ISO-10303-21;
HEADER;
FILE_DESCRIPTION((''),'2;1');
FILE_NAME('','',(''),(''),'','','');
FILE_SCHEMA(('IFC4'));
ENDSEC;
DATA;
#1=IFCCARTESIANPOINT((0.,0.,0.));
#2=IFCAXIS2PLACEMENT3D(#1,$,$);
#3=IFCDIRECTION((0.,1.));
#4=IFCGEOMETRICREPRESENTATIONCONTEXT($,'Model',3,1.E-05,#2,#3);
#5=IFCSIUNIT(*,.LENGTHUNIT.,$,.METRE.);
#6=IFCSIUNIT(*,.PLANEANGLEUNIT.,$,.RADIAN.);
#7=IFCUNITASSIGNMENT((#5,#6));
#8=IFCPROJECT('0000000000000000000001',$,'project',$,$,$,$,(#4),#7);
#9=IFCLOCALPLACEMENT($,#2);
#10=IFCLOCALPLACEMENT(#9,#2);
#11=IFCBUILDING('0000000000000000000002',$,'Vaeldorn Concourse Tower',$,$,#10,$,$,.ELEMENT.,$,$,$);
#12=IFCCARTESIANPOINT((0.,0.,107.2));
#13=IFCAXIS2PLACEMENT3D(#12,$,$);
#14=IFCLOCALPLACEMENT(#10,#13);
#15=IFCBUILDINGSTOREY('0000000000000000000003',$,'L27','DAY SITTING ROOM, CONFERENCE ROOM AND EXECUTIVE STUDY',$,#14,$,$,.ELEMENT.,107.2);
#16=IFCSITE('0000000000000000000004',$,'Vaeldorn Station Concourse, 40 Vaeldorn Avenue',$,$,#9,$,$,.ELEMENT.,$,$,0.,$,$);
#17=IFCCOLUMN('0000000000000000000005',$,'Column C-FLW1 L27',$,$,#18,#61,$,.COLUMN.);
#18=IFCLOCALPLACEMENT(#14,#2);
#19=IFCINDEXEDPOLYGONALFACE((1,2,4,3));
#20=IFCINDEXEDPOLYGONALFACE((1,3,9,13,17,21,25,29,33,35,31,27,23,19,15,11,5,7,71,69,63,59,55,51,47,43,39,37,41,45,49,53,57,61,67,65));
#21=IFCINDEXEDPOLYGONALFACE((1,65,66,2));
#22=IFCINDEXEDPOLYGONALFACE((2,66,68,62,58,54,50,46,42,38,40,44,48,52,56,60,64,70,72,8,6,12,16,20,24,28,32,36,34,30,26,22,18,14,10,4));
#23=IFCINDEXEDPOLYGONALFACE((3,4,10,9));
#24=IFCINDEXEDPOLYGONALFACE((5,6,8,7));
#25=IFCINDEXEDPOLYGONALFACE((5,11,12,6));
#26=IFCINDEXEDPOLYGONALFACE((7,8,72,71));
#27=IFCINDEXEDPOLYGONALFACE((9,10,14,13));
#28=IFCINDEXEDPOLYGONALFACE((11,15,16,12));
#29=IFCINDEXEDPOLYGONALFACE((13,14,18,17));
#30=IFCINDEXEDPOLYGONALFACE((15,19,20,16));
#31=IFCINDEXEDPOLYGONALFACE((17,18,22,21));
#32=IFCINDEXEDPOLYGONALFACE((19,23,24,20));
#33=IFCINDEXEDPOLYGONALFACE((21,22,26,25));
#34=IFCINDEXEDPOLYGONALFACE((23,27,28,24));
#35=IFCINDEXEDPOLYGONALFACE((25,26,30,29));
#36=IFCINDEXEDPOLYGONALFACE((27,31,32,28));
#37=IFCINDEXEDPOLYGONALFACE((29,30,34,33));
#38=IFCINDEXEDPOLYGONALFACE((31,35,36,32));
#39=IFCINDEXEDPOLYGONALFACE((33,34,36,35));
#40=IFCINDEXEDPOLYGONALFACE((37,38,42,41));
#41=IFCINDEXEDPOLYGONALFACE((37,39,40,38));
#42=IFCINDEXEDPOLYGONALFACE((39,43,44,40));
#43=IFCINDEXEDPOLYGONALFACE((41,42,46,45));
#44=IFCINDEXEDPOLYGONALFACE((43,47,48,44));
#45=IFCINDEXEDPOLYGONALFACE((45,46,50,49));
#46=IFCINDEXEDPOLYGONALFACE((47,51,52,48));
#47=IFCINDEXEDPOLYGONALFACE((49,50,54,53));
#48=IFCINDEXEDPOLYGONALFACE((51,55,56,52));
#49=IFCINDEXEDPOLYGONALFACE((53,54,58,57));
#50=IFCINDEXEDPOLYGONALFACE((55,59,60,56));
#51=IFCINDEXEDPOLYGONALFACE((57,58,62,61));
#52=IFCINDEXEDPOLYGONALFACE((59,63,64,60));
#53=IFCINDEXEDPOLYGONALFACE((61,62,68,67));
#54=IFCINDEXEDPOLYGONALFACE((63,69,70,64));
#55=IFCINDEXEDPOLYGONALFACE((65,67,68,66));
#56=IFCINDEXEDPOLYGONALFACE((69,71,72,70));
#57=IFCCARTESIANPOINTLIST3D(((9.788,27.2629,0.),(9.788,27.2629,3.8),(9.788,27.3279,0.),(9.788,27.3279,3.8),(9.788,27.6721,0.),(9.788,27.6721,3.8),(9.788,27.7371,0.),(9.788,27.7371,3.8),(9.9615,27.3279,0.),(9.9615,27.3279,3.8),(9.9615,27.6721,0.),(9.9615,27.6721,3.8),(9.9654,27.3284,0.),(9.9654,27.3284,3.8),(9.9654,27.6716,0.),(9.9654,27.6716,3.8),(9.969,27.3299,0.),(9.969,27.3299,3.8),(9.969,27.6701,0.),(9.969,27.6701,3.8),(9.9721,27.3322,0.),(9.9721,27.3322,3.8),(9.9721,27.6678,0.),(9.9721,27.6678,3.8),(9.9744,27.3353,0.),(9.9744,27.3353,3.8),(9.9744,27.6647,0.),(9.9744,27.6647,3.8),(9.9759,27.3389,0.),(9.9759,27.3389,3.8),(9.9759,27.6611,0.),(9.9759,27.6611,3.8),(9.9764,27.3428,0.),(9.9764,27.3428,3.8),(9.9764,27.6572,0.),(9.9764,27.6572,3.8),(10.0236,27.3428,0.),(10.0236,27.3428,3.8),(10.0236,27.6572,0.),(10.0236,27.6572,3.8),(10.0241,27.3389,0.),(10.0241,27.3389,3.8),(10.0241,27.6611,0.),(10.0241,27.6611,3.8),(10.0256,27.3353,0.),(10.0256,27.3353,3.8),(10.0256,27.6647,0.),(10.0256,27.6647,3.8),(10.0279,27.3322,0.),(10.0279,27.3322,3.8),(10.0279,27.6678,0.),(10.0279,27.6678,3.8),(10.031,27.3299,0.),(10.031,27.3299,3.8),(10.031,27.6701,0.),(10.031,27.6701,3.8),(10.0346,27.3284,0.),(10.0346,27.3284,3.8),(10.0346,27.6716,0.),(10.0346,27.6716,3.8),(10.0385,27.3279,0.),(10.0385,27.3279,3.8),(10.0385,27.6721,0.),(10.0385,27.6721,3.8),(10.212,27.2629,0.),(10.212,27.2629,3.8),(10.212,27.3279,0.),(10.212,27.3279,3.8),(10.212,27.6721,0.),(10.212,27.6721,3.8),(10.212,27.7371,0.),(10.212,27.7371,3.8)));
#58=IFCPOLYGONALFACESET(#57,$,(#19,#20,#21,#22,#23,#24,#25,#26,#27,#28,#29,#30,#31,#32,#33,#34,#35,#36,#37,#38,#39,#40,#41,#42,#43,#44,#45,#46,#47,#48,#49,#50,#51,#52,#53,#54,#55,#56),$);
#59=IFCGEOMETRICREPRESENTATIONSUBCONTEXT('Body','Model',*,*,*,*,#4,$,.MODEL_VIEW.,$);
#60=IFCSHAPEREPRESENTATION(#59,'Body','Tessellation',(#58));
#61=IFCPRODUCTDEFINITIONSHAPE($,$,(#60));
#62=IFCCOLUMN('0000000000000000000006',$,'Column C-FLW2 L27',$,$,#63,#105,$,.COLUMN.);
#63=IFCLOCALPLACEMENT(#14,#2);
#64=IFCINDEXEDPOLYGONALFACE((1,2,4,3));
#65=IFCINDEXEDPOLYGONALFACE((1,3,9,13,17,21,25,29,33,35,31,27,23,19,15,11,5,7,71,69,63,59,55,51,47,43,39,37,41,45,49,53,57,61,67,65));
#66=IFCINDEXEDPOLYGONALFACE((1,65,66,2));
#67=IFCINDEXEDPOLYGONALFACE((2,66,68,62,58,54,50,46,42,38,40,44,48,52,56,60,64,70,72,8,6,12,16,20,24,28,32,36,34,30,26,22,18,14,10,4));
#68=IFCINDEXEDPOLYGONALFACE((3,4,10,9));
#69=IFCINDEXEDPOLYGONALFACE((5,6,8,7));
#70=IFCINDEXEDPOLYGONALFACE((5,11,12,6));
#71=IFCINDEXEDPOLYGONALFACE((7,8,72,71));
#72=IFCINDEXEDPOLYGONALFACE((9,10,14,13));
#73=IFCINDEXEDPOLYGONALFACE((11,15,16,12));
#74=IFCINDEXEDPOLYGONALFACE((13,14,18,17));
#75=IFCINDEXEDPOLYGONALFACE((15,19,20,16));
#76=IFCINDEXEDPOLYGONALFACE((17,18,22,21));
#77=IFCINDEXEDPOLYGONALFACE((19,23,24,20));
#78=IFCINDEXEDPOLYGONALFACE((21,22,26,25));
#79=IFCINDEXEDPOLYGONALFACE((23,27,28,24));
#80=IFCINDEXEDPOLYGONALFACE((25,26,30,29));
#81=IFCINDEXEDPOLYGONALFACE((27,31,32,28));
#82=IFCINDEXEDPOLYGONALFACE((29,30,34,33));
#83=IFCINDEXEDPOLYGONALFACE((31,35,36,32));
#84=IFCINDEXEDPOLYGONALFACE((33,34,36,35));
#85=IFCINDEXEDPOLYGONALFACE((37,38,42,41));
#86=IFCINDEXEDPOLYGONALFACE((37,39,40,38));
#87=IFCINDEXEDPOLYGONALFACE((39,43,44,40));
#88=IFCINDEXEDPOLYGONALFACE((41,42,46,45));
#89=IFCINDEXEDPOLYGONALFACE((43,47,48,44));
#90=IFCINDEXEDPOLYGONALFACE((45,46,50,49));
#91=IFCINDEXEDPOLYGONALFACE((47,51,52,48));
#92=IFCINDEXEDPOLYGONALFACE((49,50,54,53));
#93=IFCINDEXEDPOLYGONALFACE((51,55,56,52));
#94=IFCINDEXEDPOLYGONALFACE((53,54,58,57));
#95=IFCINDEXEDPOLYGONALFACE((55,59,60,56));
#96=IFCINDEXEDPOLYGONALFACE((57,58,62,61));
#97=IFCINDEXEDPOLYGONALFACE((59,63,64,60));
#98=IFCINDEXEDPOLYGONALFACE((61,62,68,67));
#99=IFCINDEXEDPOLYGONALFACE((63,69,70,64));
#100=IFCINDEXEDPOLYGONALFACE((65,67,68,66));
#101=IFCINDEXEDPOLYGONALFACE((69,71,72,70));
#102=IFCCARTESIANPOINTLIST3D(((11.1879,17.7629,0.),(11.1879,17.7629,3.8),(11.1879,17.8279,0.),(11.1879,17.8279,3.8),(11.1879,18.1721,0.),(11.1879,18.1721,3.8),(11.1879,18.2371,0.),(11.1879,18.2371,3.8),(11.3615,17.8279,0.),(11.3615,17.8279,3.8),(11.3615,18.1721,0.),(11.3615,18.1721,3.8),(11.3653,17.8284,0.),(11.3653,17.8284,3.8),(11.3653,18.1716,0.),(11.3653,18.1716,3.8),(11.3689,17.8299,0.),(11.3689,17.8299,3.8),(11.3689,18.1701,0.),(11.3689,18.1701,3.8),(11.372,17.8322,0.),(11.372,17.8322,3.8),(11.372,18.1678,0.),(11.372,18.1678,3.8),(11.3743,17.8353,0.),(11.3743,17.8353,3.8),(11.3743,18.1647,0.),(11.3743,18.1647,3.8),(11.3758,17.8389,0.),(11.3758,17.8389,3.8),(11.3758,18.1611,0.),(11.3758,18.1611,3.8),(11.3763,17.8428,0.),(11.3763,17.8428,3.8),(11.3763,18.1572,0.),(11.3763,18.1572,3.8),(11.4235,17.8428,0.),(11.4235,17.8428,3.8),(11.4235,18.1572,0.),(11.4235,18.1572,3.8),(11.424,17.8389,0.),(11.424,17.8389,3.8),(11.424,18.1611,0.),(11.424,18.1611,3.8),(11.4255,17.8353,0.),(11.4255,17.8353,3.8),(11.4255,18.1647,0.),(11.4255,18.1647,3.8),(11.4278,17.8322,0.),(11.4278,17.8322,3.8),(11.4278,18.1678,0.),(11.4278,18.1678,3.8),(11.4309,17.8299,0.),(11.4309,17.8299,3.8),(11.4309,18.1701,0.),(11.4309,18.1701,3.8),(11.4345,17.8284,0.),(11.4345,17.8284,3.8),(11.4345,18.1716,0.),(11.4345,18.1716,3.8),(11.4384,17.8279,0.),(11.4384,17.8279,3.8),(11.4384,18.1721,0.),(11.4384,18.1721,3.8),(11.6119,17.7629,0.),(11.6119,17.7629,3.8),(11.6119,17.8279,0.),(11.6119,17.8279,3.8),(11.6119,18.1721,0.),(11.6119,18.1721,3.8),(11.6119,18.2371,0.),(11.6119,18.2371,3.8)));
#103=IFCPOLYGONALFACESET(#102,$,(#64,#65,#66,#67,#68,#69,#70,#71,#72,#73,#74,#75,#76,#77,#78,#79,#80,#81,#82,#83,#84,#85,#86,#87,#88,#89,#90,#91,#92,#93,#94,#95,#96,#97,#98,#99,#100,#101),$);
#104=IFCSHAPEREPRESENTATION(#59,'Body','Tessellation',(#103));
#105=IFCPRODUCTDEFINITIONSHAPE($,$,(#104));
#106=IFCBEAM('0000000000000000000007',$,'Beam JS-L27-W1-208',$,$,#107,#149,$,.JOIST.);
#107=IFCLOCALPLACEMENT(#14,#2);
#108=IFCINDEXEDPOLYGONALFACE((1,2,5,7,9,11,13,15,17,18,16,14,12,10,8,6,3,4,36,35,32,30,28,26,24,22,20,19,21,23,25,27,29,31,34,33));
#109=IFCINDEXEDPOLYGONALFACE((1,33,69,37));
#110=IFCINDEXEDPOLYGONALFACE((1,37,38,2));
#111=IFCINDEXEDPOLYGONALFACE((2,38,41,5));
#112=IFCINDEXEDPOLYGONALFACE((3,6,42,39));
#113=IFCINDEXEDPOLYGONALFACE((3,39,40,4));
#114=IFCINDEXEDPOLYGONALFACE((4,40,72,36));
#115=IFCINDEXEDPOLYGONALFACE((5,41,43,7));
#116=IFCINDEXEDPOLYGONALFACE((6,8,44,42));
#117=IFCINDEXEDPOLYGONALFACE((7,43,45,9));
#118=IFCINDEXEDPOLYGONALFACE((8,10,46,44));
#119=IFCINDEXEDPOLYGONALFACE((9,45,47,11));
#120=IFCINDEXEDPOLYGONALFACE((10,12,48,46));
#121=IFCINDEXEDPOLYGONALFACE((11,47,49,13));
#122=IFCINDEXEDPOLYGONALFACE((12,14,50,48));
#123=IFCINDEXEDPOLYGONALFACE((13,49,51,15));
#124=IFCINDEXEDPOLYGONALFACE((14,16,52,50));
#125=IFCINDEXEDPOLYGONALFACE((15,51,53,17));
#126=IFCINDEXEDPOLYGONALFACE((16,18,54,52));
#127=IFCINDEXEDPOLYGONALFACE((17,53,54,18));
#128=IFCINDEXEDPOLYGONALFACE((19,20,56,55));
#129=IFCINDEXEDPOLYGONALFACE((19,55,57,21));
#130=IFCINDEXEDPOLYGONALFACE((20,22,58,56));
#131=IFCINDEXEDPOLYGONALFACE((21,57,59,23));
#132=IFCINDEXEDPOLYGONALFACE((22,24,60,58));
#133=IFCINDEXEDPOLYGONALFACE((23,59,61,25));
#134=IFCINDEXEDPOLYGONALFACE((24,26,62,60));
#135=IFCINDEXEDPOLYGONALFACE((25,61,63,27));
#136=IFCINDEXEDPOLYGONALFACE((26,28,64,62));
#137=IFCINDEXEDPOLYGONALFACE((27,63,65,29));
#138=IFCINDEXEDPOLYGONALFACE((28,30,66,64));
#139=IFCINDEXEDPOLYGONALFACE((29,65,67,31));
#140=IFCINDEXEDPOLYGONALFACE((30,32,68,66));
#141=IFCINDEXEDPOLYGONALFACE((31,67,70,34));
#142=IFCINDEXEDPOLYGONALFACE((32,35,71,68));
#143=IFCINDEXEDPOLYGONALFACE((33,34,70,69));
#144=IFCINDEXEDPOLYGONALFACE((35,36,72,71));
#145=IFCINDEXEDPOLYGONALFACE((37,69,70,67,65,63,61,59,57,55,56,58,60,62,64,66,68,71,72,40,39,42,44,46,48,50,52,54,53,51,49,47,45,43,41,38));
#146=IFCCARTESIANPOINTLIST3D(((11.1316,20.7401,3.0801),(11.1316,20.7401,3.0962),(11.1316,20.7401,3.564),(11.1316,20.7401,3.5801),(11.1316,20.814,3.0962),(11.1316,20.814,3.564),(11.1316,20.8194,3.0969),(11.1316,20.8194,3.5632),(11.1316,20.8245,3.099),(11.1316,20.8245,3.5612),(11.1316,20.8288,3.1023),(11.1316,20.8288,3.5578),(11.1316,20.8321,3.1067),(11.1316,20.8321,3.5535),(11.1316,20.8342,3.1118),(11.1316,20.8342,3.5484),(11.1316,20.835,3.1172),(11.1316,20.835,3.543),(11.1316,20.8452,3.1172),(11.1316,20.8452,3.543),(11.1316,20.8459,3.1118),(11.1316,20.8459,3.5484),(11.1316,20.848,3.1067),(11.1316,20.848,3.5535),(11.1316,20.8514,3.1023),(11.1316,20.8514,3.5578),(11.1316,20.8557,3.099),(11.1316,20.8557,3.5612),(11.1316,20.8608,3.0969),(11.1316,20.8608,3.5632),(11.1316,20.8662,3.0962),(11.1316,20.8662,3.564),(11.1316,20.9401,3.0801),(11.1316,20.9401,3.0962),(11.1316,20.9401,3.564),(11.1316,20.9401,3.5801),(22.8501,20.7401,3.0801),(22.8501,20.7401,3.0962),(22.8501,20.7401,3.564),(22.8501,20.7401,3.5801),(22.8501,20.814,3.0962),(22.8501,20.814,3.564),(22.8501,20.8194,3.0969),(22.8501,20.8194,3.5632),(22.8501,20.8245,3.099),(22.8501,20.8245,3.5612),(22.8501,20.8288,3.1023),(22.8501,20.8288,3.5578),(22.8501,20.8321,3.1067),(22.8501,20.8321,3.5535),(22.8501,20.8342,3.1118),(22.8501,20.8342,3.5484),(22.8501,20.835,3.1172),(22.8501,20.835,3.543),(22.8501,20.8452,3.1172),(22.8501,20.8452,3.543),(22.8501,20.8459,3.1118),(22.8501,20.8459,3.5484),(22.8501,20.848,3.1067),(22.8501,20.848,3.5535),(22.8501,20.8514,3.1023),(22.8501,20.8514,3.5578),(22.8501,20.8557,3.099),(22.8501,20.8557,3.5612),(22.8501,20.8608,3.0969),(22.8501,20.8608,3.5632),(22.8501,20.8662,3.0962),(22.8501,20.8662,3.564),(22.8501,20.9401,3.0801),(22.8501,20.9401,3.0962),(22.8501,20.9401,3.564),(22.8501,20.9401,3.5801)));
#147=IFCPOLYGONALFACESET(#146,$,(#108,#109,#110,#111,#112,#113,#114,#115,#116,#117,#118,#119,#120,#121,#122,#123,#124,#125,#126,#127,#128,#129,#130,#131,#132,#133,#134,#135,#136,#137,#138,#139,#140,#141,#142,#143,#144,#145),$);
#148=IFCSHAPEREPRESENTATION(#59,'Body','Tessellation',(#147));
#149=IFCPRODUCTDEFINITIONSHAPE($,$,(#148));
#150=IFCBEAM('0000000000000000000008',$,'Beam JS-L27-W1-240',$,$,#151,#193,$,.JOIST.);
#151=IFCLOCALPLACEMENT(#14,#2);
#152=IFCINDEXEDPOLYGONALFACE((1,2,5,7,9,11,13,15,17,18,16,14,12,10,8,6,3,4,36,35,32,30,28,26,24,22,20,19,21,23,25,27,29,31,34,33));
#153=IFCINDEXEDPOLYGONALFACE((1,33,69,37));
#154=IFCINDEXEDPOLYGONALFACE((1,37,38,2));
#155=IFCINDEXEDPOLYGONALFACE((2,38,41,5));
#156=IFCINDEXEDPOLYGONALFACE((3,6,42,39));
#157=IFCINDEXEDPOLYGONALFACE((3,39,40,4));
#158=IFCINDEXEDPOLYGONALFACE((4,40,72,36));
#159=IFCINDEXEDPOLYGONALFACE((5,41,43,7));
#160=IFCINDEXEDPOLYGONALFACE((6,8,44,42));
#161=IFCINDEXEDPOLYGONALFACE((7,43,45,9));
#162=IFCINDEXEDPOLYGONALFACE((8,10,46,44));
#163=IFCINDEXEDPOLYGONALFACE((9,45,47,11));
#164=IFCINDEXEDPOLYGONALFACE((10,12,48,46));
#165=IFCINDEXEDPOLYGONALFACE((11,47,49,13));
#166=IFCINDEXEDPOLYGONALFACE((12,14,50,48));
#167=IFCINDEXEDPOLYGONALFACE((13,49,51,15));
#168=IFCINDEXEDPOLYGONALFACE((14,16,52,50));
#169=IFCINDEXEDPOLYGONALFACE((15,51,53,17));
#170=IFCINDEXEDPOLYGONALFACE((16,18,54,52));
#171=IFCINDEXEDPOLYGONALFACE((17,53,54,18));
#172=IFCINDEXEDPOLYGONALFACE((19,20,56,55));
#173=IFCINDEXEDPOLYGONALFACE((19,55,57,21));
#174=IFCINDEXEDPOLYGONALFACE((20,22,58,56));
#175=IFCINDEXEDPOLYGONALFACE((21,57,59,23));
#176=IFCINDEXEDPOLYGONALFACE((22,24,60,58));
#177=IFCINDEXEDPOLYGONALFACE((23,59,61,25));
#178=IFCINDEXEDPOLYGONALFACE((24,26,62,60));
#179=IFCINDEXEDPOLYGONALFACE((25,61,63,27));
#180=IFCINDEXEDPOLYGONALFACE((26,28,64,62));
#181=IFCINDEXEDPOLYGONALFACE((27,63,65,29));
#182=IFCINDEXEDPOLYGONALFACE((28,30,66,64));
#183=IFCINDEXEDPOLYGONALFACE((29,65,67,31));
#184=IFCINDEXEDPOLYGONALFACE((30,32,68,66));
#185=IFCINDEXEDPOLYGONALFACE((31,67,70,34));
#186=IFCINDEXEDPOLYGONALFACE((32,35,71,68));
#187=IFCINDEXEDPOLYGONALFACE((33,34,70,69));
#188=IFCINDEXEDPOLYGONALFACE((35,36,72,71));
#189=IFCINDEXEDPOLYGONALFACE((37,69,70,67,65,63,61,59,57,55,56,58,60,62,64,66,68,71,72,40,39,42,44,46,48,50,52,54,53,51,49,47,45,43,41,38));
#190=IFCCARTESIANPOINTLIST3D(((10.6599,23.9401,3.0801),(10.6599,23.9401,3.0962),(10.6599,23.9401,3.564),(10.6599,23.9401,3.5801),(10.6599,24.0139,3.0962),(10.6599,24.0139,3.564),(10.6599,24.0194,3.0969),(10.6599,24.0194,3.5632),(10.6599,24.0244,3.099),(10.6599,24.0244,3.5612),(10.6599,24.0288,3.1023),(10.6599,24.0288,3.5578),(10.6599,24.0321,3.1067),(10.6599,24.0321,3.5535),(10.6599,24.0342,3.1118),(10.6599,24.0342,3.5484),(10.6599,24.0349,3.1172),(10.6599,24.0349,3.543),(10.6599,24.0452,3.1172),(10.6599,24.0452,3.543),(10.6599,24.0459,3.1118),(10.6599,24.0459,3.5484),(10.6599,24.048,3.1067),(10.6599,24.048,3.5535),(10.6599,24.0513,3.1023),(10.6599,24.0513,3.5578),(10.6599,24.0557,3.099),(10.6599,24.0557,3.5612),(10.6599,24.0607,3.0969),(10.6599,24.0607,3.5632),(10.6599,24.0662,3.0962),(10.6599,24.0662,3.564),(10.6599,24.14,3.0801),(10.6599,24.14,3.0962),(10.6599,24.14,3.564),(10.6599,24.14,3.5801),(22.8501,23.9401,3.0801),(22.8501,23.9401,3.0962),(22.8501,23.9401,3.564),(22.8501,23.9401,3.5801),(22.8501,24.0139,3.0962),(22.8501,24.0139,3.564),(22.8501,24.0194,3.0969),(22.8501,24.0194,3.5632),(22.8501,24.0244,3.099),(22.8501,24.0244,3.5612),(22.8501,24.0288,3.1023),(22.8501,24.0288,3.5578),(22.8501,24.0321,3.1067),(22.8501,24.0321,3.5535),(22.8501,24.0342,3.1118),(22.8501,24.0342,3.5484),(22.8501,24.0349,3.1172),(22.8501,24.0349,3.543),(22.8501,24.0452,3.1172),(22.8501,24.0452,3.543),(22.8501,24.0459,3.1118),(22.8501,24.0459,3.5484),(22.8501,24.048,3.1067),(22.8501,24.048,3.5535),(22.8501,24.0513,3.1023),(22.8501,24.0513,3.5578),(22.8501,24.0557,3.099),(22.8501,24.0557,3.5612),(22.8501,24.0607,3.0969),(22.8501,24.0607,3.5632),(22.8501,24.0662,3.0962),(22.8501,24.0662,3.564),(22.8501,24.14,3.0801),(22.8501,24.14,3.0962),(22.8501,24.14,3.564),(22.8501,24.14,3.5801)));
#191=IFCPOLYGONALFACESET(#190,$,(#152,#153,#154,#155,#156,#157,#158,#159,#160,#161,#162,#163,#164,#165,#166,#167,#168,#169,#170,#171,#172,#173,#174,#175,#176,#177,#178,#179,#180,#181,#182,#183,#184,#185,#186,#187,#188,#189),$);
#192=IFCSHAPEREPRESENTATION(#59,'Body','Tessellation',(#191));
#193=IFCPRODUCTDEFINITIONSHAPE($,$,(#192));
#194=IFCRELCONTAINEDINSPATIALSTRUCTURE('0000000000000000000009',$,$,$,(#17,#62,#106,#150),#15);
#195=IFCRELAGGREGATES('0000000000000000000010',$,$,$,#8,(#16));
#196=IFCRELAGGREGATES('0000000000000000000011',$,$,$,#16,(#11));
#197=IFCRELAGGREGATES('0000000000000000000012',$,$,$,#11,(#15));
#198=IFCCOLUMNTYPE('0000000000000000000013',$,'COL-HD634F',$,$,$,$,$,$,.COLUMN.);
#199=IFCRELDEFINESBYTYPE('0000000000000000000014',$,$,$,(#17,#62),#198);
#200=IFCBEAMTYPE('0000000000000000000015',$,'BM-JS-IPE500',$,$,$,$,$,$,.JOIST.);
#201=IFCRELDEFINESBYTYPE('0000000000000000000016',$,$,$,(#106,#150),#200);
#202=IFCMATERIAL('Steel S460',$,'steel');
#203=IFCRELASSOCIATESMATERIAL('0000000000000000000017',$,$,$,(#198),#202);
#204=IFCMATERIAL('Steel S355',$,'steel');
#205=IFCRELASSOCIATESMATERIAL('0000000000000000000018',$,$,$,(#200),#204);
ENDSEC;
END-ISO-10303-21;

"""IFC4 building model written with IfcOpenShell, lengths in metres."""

from ifc_helpers import new_model, si_unit, direction, frame, origin, origin_2d, place, context, subcontext, project, spatial, i_section, extrude, source, transform, mapped, material, material_profile, profile_set, type_object, element, save


model = new_model("IFC4")

# Units and contexts
model_context = context("Model", 3, precision=1e-05, world=origin(), true_north=direction((0.0, 1.0)))
body_context = subcontext(model_context, "Body", "Model", "MODEL_VIEW")
ifc_project = project(units=[si_unit("LENGTHUNIT", "METRE"), si_unit("PLANEANGLEUNIT", "RADIAN")], contexts=[model_context])

# Site, building, storey
site_placement = place(None, origin())
site = spatial("IfcSite", under=ifc_project, at=site_placement, Name="Vaeldorn Station Concourse, 40 Vaeldorn Avenue", CompositionType="ELEMENT", RefElevation=0.0)
building_placement = place(site_placement, origin())
building = spatial("IfcBuilding", under=site, at=building_placement, Name="Vaeldorn Concourse Tower", CompositionType="ELEMENT")
storey_placement = place(building_placement, frame((0.0, 0.0, 107.2)))
storey = spatial("IfcBuildingStorey", under=building, at=storey_placement, Name="L27", Description="DAY SITTING ROOM, CONFERENCE ROOM AND EXECUTIVE STUDY", CompositionType="ELEMENT", Elevation=107.2)

# Columns
ifc_material_1 = material(Name="Steel S460", Category="steel")
ifc_material_profile_1 = material_profile(ifc_material_1, i_section(OverallWidth=0.4241, OverallDepth=0.4741, WebThickness=0.0471, FlangeThickness=0.0649, FilletRadius=0.0149, at=origin_2d()), Name="HD 400x634")
ifc_profile_set_1 = profile_set([ifc_material_profile_1], Name="Steel S460")
column_type = type_object("IfcColumnType", Name="COL-HD634F", PredefinedType="COLUMN", material=ifc_profile_set_1)
shared_shape_1 = source(origin(), body_context, "Body", "SweptSolid", [
    extrude(i_section(OverallWidth=0.4241, OverallDepth=0.4741, WebThickness=0.0471, FlangeThickness=0.0649, FilletRadius=0.0149, at=origin_2d()), origin(), (0.0, 0.0, 1.0), 3.8),
])
for number, where, z_axis, x_axis, name in (
    (1, (10.0, 27.5, 0.0), (0.0, 0.0, 1.0), (1.0, 0.0, 0.0), "Column C-FLW1 L27"),
    (2, (11.3999, 18.0, 0.0), (0.0, 0.0, 1.0), (1.0, 0.0, 0.0), "Column C-FLW2 L27"),
):
    element("IfcColumn", number, at=place(storey_placement, frame(where, z_axis=z_axis, x_axis=x_axis)), inside=storey, type_object=column_type, Name=name, PredefinedType="COLUMN", context=body_context, shape_type="MappedRepresentation", body=[
        mapped(shared_shape_1, transform((0.0, 0.0, 0.0), scale=1.0)),
    ])

# Beams
ifc_material_2 = material(Name="Steel S355", Category="steel")
ifc_material_profile_2 = material_profile(ifc_material_2, i_section(OverallWidth=0.2, OverallDepth=0.5, WebThickness=0.0103, FlangeThickness=0.0161, FilletRadius=0.021, at=origin_2d()), Name="IPE 500")
ifc_profile_set_2 = profile_set([ifc_material_profile_2], Name="Steel S355")
beam_type_1 = type_object("IfcBeamType", Name="BM-JS-IPE500", PredefinedType="JOIST", material=ifc_profile_set_2)
shared_shape_2 = source(origin(), body_context, "Body", "SweptSolid", [
    extrude(i_section(OverallWidth=0.2, OverallDepth=0.5, WebThickness=0.0103, FlangeThickness=0.0161, FilletRadius=0.021, at=origin_2d()), origin(), (0.0, 0.0, 1.0), 11.7185),
])
beam_1_placement = place(storey_placement, frame((11.1316, 20.8401, 3.3301), z_axis=(1.0, 0.0, 0.0), x_axis=(0.0, 1.0, 0.0)))
element("IfcBeam", 3, at=beam_1_placement, inside=storey, type_object=beam_type_1, Name="Beam JS-L27-W1-208", PredefinedType="JOIST", context=body_context, shape_type="MappedRepresentation", body=[
    mapped(shared_shape_2, transform((0.0, 0.0, 0.0), scale=1.0)),
])
shared_shape_3 = source(origin(), body_context, "Body", "SweptSolid", [
    extrude(i_section(OverallWidth=0.2, OverallDepth=0.5, WebThickness=0.0103, FlangeThickness=0.0161, FilletRadius=0.021, at=origin_2d()), origin(), (0.0, 0.0, 1.0), 12.1902),
])
beam_2_placement = place(storey_placement, frame((10.6599, 24.04, 3.3301), z_axis=(1.0, 0.0, 0.0), x_axis=(0.0, 1.0, 0.0)))
element("IfcBeam", 4, at=beam_2_placement, inside=storey, type_object=beam_type_1, Name="Beam JS-L27-W1-240", PredefinedType="JOIST", context=body_context, shape_type="MappedRepresentation", body=[
    mapped(shared_shape_3, transform((0.0, 0.0, 0.0), scale=1.0)),
])

save(model, "model.ifc")
